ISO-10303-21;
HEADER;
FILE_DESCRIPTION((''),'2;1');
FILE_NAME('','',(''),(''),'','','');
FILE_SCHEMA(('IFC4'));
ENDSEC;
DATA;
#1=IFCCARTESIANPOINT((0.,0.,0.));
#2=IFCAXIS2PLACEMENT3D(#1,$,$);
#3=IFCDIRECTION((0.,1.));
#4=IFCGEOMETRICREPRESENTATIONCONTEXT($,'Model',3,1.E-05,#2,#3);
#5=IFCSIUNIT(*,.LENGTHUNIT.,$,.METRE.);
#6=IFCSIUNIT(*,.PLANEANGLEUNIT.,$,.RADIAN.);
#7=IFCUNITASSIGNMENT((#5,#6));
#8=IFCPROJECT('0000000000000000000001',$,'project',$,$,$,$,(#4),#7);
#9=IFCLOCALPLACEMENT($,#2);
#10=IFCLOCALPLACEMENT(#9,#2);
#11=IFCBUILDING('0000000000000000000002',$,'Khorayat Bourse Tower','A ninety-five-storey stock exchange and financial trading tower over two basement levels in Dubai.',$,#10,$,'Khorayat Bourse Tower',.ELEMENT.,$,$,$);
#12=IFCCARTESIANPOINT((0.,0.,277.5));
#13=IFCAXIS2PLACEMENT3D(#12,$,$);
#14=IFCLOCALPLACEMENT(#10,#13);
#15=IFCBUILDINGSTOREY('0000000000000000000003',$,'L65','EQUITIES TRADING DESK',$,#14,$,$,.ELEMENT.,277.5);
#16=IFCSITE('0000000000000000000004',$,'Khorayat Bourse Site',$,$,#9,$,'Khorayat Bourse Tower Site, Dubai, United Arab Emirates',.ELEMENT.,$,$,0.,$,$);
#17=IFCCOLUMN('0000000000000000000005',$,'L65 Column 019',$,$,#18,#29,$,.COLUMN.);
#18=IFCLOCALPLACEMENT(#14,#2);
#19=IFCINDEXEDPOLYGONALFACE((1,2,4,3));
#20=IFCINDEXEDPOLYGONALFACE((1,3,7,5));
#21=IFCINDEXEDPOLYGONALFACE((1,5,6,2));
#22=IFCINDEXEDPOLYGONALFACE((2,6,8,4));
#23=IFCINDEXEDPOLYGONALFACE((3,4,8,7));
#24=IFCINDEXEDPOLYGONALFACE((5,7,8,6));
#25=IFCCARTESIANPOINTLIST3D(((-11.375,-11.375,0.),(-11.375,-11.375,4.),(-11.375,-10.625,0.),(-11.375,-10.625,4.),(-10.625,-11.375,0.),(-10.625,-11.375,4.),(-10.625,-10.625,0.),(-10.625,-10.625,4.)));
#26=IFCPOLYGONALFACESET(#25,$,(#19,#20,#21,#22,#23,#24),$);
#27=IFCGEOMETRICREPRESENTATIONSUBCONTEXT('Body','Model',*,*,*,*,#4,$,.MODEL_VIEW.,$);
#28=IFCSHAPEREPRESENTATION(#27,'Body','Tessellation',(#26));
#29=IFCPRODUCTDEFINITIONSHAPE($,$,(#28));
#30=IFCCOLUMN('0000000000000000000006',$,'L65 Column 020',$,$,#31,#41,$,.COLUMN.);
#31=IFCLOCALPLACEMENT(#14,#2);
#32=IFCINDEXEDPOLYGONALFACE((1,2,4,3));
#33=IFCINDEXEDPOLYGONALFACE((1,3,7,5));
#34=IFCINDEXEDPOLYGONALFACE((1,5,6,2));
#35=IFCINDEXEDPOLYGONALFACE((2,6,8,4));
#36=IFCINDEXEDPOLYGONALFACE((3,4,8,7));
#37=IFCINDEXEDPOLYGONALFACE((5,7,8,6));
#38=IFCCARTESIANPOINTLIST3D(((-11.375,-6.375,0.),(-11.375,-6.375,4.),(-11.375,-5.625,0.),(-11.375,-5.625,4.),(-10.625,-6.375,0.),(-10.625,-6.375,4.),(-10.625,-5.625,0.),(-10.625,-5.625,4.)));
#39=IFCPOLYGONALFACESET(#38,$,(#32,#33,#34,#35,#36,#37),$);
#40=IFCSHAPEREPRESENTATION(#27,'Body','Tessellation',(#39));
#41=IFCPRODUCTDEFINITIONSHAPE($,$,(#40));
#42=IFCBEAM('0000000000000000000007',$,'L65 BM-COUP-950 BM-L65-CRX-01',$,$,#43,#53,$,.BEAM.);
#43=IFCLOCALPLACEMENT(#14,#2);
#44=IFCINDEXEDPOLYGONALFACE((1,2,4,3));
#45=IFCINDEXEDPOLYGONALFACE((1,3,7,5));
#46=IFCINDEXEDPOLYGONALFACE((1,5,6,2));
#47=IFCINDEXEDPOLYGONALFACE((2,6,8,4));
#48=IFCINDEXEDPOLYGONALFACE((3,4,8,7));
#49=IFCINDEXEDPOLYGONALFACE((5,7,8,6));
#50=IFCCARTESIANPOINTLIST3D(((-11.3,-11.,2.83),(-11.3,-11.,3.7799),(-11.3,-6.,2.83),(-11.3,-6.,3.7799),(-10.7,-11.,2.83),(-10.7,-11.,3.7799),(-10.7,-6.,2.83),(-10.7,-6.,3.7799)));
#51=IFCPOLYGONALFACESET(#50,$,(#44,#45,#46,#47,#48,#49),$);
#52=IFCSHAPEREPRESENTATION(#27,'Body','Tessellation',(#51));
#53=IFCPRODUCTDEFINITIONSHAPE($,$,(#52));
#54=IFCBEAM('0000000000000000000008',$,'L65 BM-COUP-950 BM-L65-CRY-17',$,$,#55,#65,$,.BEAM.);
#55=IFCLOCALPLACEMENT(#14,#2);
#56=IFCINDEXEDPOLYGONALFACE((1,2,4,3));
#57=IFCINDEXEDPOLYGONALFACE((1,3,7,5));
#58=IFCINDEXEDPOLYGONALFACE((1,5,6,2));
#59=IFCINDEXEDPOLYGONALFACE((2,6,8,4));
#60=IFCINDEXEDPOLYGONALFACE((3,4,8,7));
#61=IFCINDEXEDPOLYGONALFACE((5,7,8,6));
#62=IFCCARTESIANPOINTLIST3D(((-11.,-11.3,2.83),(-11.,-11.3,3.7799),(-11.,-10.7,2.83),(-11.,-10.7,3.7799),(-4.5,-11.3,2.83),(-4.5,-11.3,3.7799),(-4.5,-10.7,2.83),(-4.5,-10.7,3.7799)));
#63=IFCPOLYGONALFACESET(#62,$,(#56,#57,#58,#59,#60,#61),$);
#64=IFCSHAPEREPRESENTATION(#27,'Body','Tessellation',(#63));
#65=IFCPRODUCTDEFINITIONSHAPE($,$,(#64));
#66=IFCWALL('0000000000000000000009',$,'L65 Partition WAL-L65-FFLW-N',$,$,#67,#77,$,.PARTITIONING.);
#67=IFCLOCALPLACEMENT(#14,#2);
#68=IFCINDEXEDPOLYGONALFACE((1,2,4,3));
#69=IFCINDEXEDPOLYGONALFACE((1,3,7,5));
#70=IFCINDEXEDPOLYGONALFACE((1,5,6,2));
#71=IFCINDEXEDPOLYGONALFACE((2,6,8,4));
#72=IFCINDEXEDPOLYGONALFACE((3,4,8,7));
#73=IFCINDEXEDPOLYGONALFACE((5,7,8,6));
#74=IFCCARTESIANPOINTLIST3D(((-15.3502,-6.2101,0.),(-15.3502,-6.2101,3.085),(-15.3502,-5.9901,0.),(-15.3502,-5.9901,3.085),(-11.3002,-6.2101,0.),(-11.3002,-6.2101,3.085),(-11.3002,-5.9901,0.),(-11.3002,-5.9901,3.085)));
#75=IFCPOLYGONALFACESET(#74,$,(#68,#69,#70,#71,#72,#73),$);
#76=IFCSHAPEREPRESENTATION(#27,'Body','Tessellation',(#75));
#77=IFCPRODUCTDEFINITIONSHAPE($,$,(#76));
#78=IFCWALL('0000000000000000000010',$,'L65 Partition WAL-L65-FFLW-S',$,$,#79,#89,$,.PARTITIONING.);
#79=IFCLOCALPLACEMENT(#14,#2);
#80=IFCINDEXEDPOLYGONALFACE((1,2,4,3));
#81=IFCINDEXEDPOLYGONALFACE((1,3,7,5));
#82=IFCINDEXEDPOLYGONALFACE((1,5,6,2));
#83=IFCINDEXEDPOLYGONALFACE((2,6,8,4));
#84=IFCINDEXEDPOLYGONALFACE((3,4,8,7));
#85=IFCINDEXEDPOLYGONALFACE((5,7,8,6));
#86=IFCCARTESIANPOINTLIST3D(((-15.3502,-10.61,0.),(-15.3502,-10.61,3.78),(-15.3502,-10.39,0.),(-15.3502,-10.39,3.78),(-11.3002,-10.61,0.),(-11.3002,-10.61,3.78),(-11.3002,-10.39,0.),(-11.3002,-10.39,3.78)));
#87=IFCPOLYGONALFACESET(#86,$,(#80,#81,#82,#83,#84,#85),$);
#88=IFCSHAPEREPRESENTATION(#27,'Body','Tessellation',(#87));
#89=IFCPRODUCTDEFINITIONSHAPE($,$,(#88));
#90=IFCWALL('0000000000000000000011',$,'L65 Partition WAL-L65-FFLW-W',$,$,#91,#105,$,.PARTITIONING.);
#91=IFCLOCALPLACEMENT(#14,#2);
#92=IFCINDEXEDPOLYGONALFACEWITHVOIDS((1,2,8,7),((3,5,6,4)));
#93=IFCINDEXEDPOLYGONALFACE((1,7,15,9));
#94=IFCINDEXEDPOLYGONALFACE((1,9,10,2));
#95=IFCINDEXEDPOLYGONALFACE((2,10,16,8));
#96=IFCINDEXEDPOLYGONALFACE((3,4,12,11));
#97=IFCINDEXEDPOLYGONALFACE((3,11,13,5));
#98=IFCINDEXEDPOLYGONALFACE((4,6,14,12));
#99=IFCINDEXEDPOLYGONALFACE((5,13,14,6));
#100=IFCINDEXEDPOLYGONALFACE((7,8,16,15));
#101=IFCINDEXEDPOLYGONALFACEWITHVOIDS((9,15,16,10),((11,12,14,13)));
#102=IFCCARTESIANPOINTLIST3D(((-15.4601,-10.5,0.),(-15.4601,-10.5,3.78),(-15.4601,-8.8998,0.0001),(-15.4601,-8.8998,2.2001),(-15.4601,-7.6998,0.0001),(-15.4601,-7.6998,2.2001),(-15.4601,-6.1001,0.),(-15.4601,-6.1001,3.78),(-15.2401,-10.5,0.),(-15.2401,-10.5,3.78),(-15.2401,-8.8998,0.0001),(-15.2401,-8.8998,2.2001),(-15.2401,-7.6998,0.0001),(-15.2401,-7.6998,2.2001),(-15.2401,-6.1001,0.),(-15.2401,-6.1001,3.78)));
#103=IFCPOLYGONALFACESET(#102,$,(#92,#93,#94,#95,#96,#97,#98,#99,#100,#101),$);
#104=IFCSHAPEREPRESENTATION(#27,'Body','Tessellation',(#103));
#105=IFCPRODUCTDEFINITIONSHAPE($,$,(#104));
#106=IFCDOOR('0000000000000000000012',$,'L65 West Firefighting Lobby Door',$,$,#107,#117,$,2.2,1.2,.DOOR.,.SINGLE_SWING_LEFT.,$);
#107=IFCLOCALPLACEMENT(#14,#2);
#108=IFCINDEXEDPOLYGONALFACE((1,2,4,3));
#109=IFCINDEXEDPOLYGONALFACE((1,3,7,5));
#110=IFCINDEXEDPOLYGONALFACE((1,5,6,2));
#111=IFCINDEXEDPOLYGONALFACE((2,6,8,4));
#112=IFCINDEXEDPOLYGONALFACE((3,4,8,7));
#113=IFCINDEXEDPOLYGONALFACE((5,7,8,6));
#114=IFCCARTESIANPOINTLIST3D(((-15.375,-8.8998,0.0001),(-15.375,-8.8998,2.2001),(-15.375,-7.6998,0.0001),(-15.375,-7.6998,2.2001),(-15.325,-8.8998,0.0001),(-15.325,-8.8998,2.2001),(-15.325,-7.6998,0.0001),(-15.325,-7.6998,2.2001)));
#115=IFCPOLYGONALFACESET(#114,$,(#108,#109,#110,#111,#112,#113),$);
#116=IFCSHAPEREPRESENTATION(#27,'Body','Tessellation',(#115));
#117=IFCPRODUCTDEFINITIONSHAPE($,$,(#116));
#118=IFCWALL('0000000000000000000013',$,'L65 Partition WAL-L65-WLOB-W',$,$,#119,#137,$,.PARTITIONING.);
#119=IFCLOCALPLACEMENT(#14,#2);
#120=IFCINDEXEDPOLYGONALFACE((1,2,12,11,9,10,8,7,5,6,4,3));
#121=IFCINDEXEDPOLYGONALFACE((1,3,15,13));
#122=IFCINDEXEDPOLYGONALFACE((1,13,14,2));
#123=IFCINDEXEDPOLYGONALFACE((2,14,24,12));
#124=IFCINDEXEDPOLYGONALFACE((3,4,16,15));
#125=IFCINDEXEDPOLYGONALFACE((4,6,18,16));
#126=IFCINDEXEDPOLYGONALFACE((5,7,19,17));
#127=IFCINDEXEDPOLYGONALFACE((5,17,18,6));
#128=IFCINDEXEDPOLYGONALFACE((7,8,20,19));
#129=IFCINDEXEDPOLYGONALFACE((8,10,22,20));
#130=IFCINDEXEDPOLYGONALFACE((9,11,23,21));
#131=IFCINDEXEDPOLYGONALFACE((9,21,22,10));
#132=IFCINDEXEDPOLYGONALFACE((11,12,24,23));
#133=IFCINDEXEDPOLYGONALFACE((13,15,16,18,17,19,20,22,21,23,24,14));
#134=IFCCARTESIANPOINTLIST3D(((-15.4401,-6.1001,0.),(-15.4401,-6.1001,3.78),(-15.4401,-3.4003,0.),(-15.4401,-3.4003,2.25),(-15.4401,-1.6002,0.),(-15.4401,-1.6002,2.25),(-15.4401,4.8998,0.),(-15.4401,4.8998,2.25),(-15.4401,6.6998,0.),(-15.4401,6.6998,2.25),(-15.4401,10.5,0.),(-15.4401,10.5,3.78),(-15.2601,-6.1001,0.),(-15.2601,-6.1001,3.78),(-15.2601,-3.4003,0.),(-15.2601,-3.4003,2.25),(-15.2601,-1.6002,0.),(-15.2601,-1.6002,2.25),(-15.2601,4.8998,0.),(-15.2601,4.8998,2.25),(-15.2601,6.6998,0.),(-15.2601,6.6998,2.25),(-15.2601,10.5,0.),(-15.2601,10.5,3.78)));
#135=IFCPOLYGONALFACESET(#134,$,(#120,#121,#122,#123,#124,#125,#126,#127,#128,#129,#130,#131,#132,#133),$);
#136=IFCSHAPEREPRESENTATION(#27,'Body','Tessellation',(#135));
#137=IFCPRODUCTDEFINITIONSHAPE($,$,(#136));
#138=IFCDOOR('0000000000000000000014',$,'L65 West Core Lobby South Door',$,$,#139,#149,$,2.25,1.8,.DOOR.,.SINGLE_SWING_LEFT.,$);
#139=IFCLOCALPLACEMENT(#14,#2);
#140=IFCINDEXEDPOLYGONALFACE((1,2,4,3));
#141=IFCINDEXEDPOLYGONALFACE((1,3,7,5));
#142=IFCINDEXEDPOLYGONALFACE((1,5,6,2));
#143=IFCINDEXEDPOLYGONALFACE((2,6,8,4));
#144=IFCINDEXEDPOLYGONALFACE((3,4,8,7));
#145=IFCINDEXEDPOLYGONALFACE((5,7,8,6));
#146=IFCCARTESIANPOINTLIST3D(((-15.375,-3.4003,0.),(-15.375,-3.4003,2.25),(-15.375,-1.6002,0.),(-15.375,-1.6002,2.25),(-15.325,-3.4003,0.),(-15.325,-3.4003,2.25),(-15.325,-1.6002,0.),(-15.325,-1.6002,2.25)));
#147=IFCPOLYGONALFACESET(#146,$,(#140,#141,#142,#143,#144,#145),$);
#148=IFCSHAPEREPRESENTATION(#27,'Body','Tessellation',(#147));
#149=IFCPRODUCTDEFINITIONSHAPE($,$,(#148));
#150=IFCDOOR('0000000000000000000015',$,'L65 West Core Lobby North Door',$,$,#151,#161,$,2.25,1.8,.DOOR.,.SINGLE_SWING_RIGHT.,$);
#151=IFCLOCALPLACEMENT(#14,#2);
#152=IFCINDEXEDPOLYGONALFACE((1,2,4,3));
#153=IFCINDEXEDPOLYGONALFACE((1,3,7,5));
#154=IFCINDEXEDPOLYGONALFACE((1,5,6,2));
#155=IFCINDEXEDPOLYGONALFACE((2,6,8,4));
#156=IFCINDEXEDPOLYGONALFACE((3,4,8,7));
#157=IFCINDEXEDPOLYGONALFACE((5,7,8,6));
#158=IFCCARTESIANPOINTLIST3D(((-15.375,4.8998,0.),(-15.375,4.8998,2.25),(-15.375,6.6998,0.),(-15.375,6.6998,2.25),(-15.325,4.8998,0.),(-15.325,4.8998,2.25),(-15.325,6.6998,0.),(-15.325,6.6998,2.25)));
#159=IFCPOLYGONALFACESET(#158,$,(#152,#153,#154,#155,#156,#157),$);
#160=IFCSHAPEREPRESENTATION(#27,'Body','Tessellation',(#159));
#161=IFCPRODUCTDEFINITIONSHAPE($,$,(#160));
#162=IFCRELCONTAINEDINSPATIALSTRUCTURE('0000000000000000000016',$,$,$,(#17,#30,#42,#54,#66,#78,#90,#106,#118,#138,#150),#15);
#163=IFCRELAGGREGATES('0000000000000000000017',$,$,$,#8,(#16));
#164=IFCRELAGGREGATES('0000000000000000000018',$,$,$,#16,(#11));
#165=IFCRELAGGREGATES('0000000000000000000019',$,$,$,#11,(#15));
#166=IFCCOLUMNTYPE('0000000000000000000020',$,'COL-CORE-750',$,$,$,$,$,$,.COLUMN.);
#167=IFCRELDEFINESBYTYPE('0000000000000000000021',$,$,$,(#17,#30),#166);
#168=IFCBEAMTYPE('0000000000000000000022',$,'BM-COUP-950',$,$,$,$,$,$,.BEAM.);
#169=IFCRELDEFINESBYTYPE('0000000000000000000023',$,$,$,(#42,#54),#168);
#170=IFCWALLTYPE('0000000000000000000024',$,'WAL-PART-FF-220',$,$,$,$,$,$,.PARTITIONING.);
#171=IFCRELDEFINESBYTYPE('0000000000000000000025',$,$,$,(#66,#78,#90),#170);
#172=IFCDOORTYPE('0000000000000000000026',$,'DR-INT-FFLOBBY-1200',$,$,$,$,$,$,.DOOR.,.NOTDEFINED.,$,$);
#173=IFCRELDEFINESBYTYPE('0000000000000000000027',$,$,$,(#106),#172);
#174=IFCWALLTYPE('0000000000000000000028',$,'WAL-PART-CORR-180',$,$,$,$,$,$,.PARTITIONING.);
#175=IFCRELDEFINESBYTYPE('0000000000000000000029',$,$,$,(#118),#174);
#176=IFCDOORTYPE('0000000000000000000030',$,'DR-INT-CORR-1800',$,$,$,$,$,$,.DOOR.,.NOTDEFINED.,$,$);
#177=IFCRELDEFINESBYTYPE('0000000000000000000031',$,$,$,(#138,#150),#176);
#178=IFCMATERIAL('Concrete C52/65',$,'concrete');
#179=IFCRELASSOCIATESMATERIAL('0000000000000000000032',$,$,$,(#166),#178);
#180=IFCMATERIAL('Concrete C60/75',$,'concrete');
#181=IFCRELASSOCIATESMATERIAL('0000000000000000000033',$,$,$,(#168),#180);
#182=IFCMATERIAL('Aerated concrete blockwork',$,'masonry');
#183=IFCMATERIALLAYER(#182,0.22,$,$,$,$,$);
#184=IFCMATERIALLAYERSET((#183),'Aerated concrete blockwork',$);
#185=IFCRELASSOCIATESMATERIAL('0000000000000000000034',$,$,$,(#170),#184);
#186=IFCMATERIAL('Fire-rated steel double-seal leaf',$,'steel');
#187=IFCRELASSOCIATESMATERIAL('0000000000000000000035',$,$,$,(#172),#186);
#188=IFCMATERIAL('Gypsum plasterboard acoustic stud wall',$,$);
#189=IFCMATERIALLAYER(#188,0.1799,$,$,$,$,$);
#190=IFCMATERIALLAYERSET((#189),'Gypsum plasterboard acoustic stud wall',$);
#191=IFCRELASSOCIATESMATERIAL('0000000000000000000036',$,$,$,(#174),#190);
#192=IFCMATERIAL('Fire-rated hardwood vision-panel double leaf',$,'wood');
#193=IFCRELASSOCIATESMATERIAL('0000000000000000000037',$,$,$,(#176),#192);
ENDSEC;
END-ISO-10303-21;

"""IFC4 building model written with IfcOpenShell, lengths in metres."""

from ifc_helpers import new_model, si_unit, direction, frame, frame_2d, origin, origin_2d, place, context, subcontext, project, spatial, rectangle, extrude, source, transform, mapped, material, layer, layer_set, material_profile, profile_set, type_object, element, fill, save


model = new_model("IFC4")

# Units and contexts
model_context = context("Model", 3, precision=1e-05, world=origin(), true_north=direction((0.0, 1.0)))
body_context = subcontext(model_context, "Body", "Model", "MODEL_VIEW")
ifc_project = project(units=[si_unit("LENGTHUNIT", "METRE"), si_unit("PLANEANGLEUNIT", "RADIAN")], contexts=[model_context])

# Site, building, storey
site_placement = place(None, origin())
site = spatial("IfcSite", under=ifc_project, at=site_placement, Name="Khorayat Bourse Site", LongName="Khorayat Bourse Tower Site, Dubai, United Arab Emirates", CompositionType="ELEMENT", RefElevation=0.0)
building_placement = place(site_placement, origin())
building = spatial("IfcBuilding", under=site, at=building_placement, Name="Khorayat Bourse Tower", Description="A ninety-five-storey stock exchange and financial trading tower over two basement levels in Dubai.", LongName="Khorayat Bourse Tower", CompositionType="ELEMENT")
storey_placement = place(building_placement, frame((0.0, 0.0, 277.5)))
storey = spatial("IfcBuildingStorey", under=building, at=storey_placement, Name="L65", Description="EQUITIES TRADING DESK", CompositionType="ELEMENT", Elevation=277.5)

# Columns
ifc_material_1 = material(Name="Concrete C52/65", Category="concrete")
ifc_material_profile_1 = material_profile(ifc_material_1, rectangle(XDim=0.75, YDim=0.75, at=origin_2d()), Name="RC 750x750")
ifc_profile_set_1 = profile_set([ifc_material_profile_1], Name="Concrete C52/65")
column_type = type_object("IfcColumnType", Name="COL-CORE-750", PredefinedType="COLUMN", material=ifc_profile_set_1)
shared_shape_1 = source(origin(), body_context, "Body", "SweptSolid", [
    extrude(rectangle(XDim=0.75, YDim=0.75, at=origin_2d()), origin(), (0.0, 0.0, 1.0), 4.0),
])
for number, where, z_axis, x_axis, name in (
    (1, (-11.0, -11.0, 0.0), (0.0, 0.0, 1.0), (1.0, 0.0, 0.0), "L65 Column 019"),
    (2, (-11.0, -6.0, 0.0), (0.0, 0.0, 1.0), (1.0, 0.0, 0.0), "L65 Column 020"),
):
    element("IfcColumn", number, at=place(storey_placement, frame(where, z_axis=z_axis, x_axis=x_axis)), inside=storey, type_object=column_type, Name=name, PredefinedType="COLUMN", context=body_context, shape_type="MappedRepresentation", body=[
        mapped(shared_shape_1, transform((0.0, 0.0, 0.0), scale=1.0)),
    ])

# Beams
ifc_material_2 = material(Name="Concrete C60/75", Category="concrete")
ifc_material_profile_2 = material_profile(ifc_material_2, rectangle(XDim=0.6001, YDim=0.95, at=origin_2d()), Name="RC 600x950")
ifc_profile_set_2 = profile_set([ifc_material_profile_2], Name="Concrete C60/75")
beam_type = type_object("IfcBeamType", Name="BM-COUP-950", PredefinedType="BEAM", material=ifc_profile_set_2)
shared_shape_2 = source(origin(), body_context, "Body", "SweptSolid", [
    extrude(rectangle(XDim=0.6001, YDim=0.95, at=origin_2d()), origin(), (0.0, 0.0, 1.0), 5.0),
])
beam_1_placement = place(storey_placement, frame((-11.0, -11.0, 3.3049), z_axis=(0.0, 1.0, 0.0), x_axis=(-1.0, 0.0, 0.0)))
element("IfcBeam", 3, at=beam_1_placement, inside=storey, type_object=beam_type, Name="L65 BM-COUP-950 BM-L65-CRX-01", PredefinedType="BEAM", context=body_context, shape_type="MappedRepresentation", body=[
    mapped(shared_shape_2, transform((0.0, 0.0, 0.0), scale=1.0)),
])
shared_shape_3 = source(origin(), body_context, "Body", "SweptSolid", [
    extrude(rectangle(XDim=0.6001, YDim=0.95, at=origin_2d()), origin(), (0.0, 0.0, 1.0), 6.5),
])
beam_2_placement = place(storey_placement, frame((-11.0, -11.0, 3.3049), z_axis=(1.0, 0.0, 0.0), x_axis=(0.0, 1.0, 0.0)))
element("IfcBeam", 4, at=beam_2_placement, inside=storey, type_object=beam_type, Name="L65 BM-COUP-950 BM-L65-CRY-17", PredefinedType="BEAM", context=body_context, shape_type="MappedRepresentation", body=[
    mapped(shared_shape_3, transform((0.0, 0.0, 0.0), scale=1.0)),
])

# Walls
ifc_material_3 = material(Name="Aerated concrete blockwork", Category="masonry")
ifc_layer_1 = layer(ifc_material_3, 0.22)
ifc_layer_set_1 = layer_set([ifc_layer_1], Name="Aerated concrete blockwork")
wall_type_1 = type_object("IfcWallType", Name="WAL-PART-FF-220", PredefinedType="PARTITIONING", material=ifc_layer_set_1)
shared_shape_4 = source(origin(), body_context, "Body", "SweptSolid", [
    extrude(rectangle(XDim=4.05, YDim=0.22, at=frame_2d((2.0249, 0.0))), origin(), (0.0, 0.0, 1.0), 3.085),
])
wall_1_placement = place(storey_placement, frame((-15.3501, -6.1001, 0.0), z_axis=(0.0, 0.0, 1.0), x_axis=(1.0, 0.0, 0.0)))
element("IfcWall", 5, at=wall_1_placement, inside=storey, type_object=wall_type_1, Name="L65 Partition WAL-L65-FFLW-N", PredefinedType="PARTITIONING", context=body_context, shape_type="MappedRepresentation", body=[
    mapped(shared_shape_4, transform((0.0, 0.0, 0.0), scale=1.0)),
])
shared_shape_5 = source(origin(), body_context, "Body", "SweptSolid", [
    extrude(rectangle(XDim=4.05, YDim=0.22, at=frame_2d((2.0249, 0.0))), origin(), (0.0, 0.0, 1.0), 3.78),
])
wall_2_placement = place(storey_placement, frame((-15.3501, -10.5, 0.0), z_axis=(0.0, 0.0, 1.0), x_axis=(1.0, 0.0, 0.0)))
element("IfcWall", 6, at=wall_2_placement, inside=storey, type_object=wall_type_1, Name="L65 Partition WAL-L65-FFLW-S", PredefinedType="PARTITIONING", context=body_context, shape_type="MappedRepresentation", body=[
    mapped(shared_shape_5, transform((0.0, 0.0, 0.0), scale=1.0)),
])

# Wall, opening, door
shared_shape_6 = source(origin(), body_context, "Body", "SweptSolid", [
    extrude(rectangle(XDim=4.3999, YDim=0.22, at=frame_2d((2.2, 0.0))), origin(), (0.0, 0.0, 1.0), 3.78),
])
wall_3_placement = place(storey_placement, frame((-15.3501, -10.5, 0.0), z_axis=(0.0, 0.0, 1.0), x_axis=(0.0, 1.0, 0.0)))
wall_3 = element("IfcWall", 7, at=wall_3_placement, inside=storey, type_object=wall_type_1, Name="L65 Partition WAL-L65-FFLW-W", PredefinedType="PARTITIONING", context=body_context, shape_type="MappedRepresentation", body=[
    mapped(shared_shape_6, transform((0.0, 0.0, 0.0), scale=1.0)),
])
shared_shape_7 = source(origin(), body_context, "Body", "SweptSolid", [
    extrude(rectangle(XDim=1.2, YDim=2.2, at=frame_2d((0.6001, 1.1001))), frame((0.0, 0.1199, 0.0), z_axis=(0.0, -1.0, 0.0), x_axis=(1.0, 0.0, 0.0)), (0.0, 0.0, 1.0), 0.24),
])
opening_1_placement = place(wall_3_placement, frame((1.6001, 0.0, 0.0)))
opening_1 = element("IfcOpeningElement", 8, at=opening_1_placement, cuts=wall_3, PredefinedType="OPENING", context=body_context, shape_type="MappedRepresentation", body=[
    mapped(shared_shape_7, transform((0.0, 0.0, 0.0), scale=1.0)),
])
ifc_material_4 = material(Name="Fire-rated steel double-seal leaf", Category="steel")
door_type_1 = type_object("IfcDoorType", Name="DR-INT-FFLOBBY-1200", OperationType="NOTDEFINED", PredefinedType="DOOR", material=ifc_material_4)
shared_shape_8 = source(origin(), body_context, "Body", "SweptSolid", [
    extrude(rectangle(XDim=1.2, YDim=2.2, at=frame_2d((0.6001, 1.1001))), frame((0.0, 0.0249, 0.0), z_axis=(0.0, -1.0, 0.0), x_axis=(1.0, 0.0, 0.0)), (0.0, 0.0, 1.0), 0.05),
])
door_1_placement = place(opening_1_placement, origin())
door_1 = element("IfcDoor", 9, at=door_1_placement, inside=storey, type_object=door_type_1, Name="L65 West Firefighting Lobby Door", OperationType="SINGLE_SWING_LEFT", OverallHeight=2.2, OverallWidth=1.2, PredefinedType="DOOR", context=body_context, shape_type="MappedRepresentation", body=[
    mapped(shared_shape_8, transform((0.0, 0.0, 0.0), scale=1.0)),
])
fill(opening_1, door_1)

# Wall, openings, doors
ifc_material_5 = material(Name="Gypsum plasterboard acoustic stud wall")
ifc_layer_2 = layer(ifc_material_5, 0.1799)
ifc_layer_set_2 = layer_set([ifc_layer_2], Name="Gypsum plasterboard acoustic stud wall")
wall_type_2 = type_object("IfcWallType", Name="WAL-PART-CORR-180", PredefinedType="PARTITIONING", material=ifc_layer_set_2)
shared_shape_9 = source(origin(), body_context, "Body", "SweptSolid", [
    extrude(rectangle(XDim=16.6001, YDim=0.1799, at=frame_2d((8.3, 0.0))), origin(), (0.0, 0.0, 1.0), 3.78),
])
wall_4_placement = place(storey_placement, frame((-15.3501, -6.1001, 0.0), z_axis=(0.0, 0.0, 1.0), x_axis=(0.0, 1.0, 0.0)))
wall_4 = element("IfcWall", 10, at=wall_4_placement, inside=storey, type_object=wall_type_2, Name="L65 Partition WAL-L65-WLOB-W", PredefinedType="PARTITIONING", context=body_context, shape_type="MappedRepresentation", body=[
    mapped(shared_shape_9, transform((0.0, 0.0, 0.0), scale=1.0)),
])
shared_shape_10 = source(origin(), body_context, "Body", "SweptSolid", [
    extrude(rectangle(XDim=1.8, YDim=2.25, at=frame_2d((0.8999, 1.125))), frame((0.0, 0.0999, 0.0), z_axis=(0.0, -1.0, 0.0), x_axis=(1.0, 0.0, 0.0)), (0.0, 0.0, 1.0), 0.2),
])
opening_2_placement = place(wall_4_placement, frame((2.7, 0.0, 0.0)))
opening_2 = element("IfcOpeningElement", 11, at=opening_2_placement, cuts=wall_4, PredefinedType="OPENING", context=body_context, shape_type="MappedRepresentation", body=[
    mapped(shared_shape_10, transform((0.0, 0.0, 0.0), scale=1.0)),
])
opening_3_placement = place(wall_4_placement, frame((11.0, 0.0, 0.0)))
opening_3 = element("IfcOpeningElement", 12, at=opening_3_placement, cuts=wall_4, PredefinedType="OPENING", context=body_context, shape_type="MappedRepresentation", body=[
    mapped(shared_shape_10, transform((0.0, 0.0, 0.0), scale=1.0)),
])
ifc_material_6 = material(Name="Fire-rated hardwood vision-panel double leaf", Category="wood")
door_type_2 = type_object("IfcDoorType", Name="DR-INT-CORR-1800", OperationType="NOTDEFINED", PredefinedType="DOOR", material=ifc_material_6)
shared_shape_11 = source(origin(), body_context, "Body", "SweptSolid", [
    extrude(rectangle(XDim=1.8, YDim=2.25, at=frame_2d((0.8999, 1.125))), frame((0.0, 0.0249, 0.0), z_axis=(0.0, -1.0, 0.0), x_axis=(1.0, 0.0, 0.0)), (0.0, 0.0, 1.0), 0.05),
])
door_2_placement = place(opening_2_placement, origin())
door_2 = element("IfcDoor", 13, at=door_2_placement, inside=storey, type_object=door_type_2, Name="L65 West Core Lobby South Door", OperationType="SINGLE_SWING_LEFT", OverallHeight=2.25, OverallWidth=1.8, PredefinedType="DOOR", context=body_context, shape_type="MappedRepresentation", body=[
    mapped(shared_shape_11, transform((0.0, 0.0, 0.0), scale=1.0)),
])
fill(opening_2, door_2)
door_3_placement = place(opening_3_placement, origin())
door_3 = element("IfcDoor", 14, at=door_3_placement, inside=storey, type_object=door_type_2, Name="L65 West Core Lobby North Door", OperationType="SINGLE_SWING_RIGHT", OverallHeight=2.25, OverallWidth=1.8, PredefinedType="DOOR", context=body_context, shape_type="MappedRepresentation", body=[
    mapped(shared_shape_11, transform((0.0, 0.0, 0.0), scale=1.0)),
])
fill(opening_3, door_3)

save(model, "model.ifc")
